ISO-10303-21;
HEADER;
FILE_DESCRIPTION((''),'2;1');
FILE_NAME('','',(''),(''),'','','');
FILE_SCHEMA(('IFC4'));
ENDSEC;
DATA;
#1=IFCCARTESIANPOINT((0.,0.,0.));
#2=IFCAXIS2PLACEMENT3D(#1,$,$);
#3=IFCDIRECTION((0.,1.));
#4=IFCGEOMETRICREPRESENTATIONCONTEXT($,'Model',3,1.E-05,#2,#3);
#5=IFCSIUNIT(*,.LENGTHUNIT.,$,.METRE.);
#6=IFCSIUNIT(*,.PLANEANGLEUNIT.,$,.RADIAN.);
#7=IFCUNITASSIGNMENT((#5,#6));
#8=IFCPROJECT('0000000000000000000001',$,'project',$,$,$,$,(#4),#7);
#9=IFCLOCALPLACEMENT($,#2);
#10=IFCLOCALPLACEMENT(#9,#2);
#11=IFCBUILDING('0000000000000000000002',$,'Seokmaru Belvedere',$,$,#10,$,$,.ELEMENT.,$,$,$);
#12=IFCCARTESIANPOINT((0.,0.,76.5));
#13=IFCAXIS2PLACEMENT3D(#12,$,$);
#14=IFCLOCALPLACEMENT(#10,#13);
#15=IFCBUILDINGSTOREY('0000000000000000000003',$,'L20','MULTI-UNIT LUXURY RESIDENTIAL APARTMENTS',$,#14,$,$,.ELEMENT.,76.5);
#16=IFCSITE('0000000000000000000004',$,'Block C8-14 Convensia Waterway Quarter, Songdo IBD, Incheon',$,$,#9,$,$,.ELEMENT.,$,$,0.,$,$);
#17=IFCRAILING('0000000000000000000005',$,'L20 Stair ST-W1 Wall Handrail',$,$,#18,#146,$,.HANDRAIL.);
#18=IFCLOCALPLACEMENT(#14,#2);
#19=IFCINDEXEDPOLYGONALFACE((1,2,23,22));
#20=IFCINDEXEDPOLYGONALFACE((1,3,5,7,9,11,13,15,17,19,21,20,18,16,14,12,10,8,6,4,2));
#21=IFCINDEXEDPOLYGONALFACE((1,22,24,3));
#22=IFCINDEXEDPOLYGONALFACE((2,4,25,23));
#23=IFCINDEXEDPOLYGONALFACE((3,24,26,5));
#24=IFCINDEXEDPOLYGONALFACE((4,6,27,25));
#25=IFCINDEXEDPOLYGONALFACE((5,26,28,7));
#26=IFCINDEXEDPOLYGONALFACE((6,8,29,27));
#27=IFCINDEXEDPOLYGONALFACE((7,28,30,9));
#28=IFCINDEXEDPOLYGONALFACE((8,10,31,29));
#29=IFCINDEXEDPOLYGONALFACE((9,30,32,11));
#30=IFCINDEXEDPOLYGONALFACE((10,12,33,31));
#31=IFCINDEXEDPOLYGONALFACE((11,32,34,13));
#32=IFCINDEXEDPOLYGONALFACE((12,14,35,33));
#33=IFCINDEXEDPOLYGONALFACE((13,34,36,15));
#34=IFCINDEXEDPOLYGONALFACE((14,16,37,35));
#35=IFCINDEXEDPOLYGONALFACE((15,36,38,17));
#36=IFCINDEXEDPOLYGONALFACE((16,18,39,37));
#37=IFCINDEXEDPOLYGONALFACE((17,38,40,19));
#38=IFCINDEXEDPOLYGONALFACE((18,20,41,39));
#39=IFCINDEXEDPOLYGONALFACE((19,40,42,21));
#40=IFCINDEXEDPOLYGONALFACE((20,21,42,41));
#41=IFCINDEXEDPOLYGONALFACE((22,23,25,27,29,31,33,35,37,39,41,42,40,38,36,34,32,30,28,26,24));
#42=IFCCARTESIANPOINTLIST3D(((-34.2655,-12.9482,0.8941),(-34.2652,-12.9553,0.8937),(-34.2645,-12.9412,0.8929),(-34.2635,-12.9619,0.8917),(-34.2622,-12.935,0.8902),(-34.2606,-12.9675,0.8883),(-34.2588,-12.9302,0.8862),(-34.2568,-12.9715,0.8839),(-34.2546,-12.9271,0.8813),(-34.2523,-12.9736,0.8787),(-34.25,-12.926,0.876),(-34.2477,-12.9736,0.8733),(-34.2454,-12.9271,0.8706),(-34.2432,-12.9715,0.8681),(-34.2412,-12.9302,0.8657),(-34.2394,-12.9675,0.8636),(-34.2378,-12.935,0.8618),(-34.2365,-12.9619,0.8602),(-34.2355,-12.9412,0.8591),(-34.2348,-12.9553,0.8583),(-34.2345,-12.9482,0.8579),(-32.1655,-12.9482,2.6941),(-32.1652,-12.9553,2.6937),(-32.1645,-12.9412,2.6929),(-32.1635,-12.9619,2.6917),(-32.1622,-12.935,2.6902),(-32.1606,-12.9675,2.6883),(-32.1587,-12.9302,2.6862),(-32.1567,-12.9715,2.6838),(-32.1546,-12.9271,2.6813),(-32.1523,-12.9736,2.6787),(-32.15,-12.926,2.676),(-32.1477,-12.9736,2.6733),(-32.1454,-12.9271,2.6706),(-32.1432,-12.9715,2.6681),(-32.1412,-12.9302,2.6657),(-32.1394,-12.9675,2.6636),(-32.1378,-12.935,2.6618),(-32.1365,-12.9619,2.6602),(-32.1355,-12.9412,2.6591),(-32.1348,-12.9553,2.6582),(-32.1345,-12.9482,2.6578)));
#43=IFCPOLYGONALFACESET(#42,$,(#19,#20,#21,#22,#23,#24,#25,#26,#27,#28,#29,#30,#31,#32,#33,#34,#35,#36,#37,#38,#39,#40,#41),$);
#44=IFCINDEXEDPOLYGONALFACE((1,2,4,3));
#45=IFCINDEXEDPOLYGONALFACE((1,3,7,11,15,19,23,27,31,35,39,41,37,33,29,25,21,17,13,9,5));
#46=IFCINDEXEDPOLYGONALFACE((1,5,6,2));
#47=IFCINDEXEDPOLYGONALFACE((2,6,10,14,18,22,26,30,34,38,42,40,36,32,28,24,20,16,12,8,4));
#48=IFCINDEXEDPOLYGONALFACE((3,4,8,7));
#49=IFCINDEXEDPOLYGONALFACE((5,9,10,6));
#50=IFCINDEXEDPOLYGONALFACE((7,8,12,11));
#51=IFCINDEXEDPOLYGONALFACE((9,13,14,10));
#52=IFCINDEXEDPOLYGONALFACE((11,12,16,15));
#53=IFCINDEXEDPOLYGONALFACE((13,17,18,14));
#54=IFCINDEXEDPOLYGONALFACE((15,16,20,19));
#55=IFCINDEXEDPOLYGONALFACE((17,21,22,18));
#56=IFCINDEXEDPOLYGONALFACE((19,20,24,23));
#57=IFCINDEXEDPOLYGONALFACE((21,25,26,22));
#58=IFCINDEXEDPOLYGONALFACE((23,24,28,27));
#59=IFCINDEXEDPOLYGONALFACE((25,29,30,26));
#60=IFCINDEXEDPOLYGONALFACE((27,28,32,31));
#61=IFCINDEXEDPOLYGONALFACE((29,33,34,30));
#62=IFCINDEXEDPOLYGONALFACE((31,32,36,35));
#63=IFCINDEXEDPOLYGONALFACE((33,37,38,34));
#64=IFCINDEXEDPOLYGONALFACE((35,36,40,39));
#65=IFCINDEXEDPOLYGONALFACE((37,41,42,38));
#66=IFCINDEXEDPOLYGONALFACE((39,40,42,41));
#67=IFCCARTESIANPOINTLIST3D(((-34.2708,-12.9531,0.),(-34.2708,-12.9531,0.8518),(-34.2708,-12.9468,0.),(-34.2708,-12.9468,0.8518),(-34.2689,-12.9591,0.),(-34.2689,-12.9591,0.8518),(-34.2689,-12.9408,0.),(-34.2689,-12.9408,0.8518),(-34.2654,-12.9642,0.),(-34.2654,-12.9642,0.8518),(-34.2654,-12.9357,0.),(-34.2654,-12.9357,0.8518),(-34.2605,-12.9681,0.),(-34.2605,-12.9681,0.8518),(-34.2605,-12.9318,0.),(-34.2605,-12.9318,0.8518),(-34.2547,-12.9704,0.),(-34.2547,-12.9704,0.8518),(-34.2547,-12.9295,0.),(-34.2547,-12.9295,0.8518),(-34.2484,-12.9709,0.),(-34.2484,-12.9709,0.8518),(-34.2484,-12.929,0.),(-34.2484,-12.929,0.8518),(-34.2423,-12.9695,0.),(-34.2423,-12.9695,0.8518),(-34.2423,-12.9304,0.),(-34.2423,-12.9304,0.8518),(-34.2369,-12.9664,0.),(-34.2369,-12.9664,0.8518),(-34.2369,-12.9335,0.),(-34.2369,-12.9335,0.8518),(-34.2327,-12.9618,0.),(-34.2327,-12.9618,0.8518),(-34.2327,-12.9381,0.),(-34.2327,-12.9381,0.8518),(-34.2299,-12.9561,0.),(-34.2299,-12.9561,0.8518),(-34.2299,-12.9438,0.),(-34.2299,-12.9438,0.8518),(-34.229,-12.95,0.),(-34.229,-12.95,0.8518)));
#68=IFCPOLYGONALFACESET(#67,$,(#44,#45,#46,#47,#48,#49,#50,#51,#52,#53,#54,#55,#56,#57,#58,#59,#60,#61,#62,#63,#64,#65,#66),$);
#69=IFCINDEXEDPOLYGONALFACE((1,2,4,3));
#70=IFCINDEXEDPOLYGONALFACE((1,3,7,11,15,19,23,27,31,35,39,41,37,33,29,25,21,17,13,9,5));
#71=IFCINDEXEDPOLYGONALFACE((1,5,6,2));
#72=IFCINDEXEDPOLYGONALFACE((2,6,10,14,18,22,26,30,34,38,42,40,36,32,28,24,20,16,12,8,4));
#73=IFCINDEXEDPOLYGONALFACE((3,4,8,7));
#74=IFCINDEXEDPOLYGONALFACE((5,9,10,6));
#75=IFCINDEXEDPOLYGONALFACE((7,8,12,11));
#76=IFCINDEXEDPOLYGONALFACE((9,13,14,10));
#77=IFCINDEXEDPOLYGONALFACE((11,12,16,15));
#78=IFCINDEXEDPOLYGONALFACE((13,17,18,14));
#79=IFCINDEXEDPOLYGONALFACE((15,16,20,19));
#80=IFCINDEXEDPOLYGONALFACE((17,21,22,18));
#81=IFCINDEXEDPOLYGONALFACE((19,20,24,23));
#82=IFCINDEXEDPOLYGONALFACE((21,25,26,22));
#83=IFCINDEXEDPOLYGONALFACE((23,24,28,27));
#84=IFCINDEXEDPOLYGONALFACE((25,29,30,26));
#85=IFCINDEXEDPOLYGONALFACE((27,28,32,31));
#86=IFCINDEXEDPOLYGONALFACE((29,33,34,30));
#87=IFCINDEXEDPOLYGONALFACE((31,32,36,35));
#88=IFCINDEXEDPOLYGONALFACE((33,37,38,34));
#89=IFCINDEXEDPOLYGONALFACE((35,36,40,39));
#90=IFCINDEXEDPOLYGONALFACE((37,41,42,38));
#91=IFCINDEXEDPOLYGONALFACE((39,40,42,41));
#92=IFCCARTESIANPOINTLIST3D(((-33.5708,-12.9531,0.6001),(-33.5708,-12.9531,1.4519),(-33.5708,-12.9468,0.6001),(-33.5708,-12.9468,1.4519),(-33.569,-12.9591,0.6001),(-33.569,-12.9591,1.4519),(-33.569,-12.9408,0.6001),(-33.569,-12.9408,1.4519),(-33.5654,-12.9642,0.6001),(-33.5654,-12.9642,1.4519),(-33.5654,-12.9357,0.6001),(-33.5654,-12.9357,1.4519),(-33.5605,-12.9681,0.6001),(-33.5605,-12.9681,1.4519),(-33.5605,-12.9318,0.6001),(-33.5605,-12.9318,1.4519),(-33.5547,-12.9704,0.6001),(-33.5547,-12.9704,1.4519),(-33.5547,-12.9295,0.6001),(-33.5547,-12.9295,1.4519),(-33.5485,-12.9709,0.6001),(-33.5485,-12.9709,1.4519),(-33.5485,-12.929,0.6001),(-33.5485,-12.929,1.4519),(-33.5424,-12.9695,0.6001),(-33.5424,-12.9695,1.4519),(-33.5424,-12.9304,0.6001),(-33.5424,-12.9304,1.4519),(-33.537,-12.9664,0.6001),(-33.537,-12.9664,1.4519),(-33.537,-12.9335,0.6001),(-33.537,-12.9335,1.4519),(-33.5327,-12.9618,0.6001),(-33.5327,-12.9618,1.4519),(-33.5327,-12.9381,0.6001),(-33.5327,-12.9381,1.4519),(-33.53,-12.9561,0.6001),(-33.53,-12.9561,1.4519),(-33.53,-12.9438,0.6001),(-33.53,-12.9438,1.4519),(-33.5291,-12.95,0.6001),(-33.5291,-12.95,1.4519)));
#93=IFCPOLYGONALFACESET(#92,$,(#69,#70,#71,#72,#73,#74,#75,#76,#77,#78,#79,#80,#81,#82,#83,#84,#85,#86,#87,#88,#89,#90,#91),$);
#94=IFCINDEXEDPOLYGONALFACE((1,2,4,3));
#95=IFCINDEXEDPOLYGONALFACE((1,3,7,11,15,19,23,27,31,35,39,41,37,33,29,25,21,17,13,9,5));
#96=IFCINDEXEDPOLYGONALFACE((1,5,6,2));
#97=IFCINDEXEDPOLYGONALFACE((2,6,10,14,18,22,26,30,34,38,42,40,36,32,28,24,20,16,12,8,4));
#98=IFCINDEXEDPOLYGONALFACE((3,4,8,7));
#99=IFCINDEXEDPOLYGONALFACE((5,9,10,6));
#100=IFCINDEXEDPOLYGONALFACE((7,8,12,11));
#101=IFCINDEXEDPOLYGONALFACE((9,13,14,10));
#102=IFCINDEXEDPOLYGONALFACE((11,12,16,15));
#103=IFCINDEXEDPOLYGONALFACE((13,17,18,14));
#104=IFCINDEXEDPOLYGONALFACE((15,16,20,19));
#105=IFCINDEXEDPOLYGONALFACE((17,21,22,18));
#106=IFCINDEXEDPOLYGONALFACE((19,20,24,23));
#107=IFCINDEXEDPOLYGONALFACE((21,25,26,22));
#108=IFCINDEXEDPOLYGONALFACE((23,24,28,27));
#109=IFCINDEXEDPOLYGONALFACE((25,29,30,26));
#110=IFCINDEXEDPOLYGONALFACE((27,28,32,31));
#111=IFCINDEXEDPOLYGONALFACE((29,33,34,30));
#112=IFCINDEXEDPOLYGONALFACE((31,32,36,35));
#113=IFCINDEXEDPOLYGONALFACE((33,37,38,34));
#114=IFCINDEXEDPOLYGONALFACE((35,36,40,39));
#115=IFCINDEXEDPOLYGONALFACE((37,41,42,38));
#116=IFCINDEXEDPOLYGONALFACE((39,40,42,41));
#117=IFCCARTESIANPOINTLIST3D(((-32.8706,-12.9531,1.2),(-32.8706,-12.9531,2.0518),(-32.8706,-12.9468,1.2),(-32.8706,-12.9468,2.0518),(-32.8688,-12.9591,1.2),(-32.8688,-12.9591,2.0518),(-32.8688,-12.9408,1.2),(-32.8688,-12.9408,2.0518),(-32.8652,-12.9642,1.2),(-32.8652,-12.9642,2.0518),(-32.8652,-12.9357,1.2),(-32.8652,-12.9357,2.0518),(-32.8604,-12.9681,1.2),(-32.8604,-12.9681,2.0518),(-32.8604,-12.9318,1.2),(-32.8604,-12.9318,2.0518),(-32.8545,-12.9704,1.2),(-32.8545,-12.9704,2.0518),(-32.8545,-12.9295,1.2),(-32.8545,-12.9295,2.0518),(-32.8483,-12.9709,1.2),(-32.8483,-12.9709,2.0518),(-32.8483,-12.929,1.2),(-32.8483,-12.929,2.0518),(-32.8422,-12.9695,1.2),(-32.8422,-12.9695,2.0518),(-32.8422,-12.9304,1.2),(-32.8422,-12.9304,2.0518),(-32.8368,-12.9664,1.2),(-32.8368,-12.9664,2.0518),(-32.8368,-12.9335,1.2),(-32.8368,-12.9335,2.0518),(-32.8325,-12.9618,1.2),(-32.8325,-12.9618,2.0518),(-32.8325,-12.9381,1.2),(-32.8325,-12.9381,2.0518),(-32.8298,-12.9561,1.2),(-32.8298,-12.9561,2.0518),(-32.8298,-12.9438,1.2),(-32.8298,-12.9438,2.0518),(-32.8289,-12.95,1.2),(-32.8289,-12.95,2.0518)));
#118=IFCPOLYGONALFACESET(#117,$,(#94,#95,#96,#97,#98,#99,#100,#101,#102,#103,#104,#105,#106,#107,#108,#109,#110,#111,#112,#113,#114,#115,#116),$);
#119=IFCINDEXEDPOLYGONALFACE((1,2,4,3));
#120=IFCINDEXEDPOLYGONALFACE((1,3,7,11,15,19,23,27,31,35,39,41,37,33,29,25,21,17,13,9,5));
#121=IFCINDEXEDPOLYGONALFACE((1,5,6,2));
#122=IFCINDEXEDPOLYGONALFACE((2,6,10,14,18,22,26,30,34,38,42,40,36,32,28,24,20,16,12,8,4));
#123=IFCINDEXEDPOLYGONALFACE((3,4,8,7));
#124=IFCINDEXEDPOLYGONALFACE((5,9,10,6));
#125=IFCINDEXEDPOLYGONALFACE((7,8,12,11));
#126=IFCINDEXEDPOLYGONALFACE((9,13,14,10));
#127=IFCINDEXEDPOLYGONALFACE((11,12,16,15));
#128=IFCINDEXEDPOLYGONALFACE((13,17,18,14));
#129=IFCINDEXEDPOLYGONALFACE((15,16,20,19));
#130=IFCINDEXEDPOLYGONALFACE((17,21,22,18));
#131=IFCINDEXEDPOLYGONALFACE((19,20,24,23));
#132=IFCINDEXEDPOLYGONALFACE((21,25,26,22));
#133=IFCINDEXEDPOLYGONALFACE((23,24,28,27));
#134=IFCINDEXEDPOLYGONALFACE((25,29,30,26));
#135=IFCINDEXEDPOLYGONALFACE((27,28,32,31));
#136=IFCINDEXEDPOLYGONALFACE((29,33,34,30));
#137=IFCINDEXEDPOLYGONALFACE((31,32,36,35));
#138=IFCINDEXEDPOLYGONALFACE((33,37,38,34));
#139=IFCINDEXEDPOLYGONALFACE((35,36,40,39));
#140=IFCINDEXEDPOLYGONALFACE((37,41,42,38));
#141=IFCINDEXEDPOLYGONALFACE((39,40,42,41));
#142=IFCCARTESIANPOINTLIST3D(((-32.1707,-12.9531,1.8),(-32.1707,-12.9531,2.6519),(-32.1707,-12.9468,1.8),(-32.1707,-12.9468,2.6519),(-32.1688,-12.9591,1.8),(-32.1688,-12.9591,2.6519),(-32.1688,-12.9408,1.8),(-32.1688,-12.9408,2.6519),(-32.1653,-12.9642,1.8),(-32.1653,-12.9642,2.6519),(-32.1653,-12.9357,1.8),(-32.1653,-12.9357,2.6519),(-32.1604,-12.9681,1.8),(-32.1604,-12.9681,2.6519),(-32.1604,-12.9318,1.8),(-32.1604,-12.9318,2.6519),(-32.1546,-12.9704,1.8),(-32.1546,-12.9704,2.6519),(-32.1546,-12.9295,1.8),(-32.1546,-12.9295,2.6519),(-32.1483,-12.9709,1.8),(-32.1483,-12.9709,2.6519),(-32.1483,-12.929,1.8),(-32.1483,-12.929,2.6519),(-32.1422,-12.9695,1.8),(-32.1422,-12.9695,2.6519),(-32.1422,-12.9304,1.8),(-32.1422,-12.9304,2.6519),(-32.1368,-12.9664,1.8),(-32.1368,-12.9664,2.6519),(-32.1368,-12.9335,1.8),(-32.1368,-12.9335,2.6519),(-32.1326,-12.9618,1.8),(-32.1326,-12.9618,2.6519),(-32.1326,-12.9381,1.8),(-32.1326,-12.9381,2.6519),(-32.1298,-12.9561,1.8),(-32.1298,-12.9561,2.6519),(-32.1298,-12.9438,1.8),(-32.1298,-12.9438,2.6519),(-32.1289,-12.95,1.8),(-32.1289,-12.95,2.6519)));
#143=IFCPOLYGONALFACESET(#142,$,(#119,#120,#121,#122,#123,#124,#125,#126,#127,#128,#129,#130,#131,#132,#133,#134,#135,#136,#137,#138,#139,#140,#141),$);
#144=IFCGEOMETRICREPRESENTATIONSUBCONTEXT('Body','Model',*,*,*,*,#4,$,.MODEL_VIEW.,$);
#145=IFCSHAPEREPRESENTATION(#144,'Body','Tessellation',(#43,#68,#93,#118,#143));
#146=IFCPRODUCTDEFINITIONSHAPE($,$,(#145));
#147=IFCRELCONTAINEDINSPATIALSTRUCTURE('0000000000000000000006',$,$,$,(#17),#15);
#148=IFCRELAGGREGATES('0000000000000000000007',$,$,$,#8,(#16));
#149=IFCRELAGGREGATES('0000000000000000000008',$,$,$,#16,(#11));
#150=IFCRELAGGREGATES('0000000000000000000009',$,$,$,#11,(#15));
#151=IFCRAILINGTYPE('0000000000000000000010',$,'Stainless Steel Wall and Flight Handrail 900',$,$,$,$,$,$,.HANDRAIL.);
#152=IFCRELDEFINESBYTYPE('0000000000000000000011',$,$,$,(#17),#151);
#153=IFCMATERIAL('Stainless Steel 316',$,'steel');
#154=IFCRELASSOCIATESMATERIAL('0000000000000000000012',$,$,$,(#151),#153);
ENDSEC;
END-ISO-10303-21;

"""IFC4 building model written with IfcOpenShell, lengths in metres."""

from ifc_helpers import new_model, si_unit, direction, frame, origin, origin_2d, place, context, subcontext, project, spatial, circle, extrude, material, type_object, element, save


model = new_model("IFC4")

# Units and contexts
model_context = context("Model", 3, precision=1e-05, world=origin(), true_north=direction((0.0, 1.0)))
body_context = subcontext(model_context, "Body", "Model", "MODEL_VIEW")
ifc_project = project(units=[si_unit("LENGTHUNIT", "METRE"), si_unit("PLANEANGLEUNIT", "RADIAN")], contexts=[model_context])

# Site, building, storey
site_placement = place(None, origin())
site = spatial("IfcSite", under=ifc_project, at=site_placement, Name="Block C8-14 Convensia Waterway Quarter, Songdo IBD, Incheon", CompositionType="ELEMENT", RefElevation=0.0)
building_placement = place(site_placement, origin())
building = spatial("IfcBuilding", under=site, at=building_placement, Name="Seokmaru Belvedere", CompositionType="ELEMENT")
storey_placement = place(building_placement, frame((0.0, 0.0, 76.5)))
storey = spatial("IfcBuildingStorey", under=building, at=storey_placement, Name="L20", Description="MULTI-UNIT LUXURY RESIDENTIAL APARTMENTS", CompositionType="ELEMENT", Elevation=76.5)

# Shared definitions
ifc_material_1 = material(Name="Stainless Steel 316", Category="steel")

# Railing
railing_type_1 = type_object("IfcRailingType", Name="Stainless Steel Wall and Flight Handrail 900", PredefinedType="HANDRAIL", material=ifc_material_1)
railing_1_placement = place(storey_placement, frame((-34.25, -12.95, 0.0)))
element("IfcRailing", 1, at=railing_1_placement, inside=storey, type_object=railing_type_1, Name="L20 Stair ST-W1 Wall Handrail", PredefinedType="HANDRAIL", context=body_context, shape_type="SweptSolid", body=[
    extrude(circle(Radius=0.0239, at=origin_2d()), frame((0.0, 0.0, 0.876), z_axis=(0.759263, 0.0, 0.650784), x_axis=(0.0, 1.0, 0.0)), (0.0, 0.0, 1.0), 2.7659),
    extrude(circle(Radius=0.021, at=origin_2d()), origin(), (0.0, 0.0, 1.0), 0.8518),
    extrude(circle(Radius=0.021, at=origin_2d()), frame((0.7, 0.0, 0.6001)), (0.0, 0.0, 1.0), 0.8518),
    extrude(circle(Radius=0.021, at=origin_2d()), frame((1.4001, 0.0, 1.2)), (0.0, 0.0, 1.0), 0.8518),
    extrude(circle(Radius=0.021, at=origin_2d()), frame((2.1001, 0.0, 1.8)), (0.0, 0.0, 1.0), 0.8518),
])

save(model, "model.ifc")
